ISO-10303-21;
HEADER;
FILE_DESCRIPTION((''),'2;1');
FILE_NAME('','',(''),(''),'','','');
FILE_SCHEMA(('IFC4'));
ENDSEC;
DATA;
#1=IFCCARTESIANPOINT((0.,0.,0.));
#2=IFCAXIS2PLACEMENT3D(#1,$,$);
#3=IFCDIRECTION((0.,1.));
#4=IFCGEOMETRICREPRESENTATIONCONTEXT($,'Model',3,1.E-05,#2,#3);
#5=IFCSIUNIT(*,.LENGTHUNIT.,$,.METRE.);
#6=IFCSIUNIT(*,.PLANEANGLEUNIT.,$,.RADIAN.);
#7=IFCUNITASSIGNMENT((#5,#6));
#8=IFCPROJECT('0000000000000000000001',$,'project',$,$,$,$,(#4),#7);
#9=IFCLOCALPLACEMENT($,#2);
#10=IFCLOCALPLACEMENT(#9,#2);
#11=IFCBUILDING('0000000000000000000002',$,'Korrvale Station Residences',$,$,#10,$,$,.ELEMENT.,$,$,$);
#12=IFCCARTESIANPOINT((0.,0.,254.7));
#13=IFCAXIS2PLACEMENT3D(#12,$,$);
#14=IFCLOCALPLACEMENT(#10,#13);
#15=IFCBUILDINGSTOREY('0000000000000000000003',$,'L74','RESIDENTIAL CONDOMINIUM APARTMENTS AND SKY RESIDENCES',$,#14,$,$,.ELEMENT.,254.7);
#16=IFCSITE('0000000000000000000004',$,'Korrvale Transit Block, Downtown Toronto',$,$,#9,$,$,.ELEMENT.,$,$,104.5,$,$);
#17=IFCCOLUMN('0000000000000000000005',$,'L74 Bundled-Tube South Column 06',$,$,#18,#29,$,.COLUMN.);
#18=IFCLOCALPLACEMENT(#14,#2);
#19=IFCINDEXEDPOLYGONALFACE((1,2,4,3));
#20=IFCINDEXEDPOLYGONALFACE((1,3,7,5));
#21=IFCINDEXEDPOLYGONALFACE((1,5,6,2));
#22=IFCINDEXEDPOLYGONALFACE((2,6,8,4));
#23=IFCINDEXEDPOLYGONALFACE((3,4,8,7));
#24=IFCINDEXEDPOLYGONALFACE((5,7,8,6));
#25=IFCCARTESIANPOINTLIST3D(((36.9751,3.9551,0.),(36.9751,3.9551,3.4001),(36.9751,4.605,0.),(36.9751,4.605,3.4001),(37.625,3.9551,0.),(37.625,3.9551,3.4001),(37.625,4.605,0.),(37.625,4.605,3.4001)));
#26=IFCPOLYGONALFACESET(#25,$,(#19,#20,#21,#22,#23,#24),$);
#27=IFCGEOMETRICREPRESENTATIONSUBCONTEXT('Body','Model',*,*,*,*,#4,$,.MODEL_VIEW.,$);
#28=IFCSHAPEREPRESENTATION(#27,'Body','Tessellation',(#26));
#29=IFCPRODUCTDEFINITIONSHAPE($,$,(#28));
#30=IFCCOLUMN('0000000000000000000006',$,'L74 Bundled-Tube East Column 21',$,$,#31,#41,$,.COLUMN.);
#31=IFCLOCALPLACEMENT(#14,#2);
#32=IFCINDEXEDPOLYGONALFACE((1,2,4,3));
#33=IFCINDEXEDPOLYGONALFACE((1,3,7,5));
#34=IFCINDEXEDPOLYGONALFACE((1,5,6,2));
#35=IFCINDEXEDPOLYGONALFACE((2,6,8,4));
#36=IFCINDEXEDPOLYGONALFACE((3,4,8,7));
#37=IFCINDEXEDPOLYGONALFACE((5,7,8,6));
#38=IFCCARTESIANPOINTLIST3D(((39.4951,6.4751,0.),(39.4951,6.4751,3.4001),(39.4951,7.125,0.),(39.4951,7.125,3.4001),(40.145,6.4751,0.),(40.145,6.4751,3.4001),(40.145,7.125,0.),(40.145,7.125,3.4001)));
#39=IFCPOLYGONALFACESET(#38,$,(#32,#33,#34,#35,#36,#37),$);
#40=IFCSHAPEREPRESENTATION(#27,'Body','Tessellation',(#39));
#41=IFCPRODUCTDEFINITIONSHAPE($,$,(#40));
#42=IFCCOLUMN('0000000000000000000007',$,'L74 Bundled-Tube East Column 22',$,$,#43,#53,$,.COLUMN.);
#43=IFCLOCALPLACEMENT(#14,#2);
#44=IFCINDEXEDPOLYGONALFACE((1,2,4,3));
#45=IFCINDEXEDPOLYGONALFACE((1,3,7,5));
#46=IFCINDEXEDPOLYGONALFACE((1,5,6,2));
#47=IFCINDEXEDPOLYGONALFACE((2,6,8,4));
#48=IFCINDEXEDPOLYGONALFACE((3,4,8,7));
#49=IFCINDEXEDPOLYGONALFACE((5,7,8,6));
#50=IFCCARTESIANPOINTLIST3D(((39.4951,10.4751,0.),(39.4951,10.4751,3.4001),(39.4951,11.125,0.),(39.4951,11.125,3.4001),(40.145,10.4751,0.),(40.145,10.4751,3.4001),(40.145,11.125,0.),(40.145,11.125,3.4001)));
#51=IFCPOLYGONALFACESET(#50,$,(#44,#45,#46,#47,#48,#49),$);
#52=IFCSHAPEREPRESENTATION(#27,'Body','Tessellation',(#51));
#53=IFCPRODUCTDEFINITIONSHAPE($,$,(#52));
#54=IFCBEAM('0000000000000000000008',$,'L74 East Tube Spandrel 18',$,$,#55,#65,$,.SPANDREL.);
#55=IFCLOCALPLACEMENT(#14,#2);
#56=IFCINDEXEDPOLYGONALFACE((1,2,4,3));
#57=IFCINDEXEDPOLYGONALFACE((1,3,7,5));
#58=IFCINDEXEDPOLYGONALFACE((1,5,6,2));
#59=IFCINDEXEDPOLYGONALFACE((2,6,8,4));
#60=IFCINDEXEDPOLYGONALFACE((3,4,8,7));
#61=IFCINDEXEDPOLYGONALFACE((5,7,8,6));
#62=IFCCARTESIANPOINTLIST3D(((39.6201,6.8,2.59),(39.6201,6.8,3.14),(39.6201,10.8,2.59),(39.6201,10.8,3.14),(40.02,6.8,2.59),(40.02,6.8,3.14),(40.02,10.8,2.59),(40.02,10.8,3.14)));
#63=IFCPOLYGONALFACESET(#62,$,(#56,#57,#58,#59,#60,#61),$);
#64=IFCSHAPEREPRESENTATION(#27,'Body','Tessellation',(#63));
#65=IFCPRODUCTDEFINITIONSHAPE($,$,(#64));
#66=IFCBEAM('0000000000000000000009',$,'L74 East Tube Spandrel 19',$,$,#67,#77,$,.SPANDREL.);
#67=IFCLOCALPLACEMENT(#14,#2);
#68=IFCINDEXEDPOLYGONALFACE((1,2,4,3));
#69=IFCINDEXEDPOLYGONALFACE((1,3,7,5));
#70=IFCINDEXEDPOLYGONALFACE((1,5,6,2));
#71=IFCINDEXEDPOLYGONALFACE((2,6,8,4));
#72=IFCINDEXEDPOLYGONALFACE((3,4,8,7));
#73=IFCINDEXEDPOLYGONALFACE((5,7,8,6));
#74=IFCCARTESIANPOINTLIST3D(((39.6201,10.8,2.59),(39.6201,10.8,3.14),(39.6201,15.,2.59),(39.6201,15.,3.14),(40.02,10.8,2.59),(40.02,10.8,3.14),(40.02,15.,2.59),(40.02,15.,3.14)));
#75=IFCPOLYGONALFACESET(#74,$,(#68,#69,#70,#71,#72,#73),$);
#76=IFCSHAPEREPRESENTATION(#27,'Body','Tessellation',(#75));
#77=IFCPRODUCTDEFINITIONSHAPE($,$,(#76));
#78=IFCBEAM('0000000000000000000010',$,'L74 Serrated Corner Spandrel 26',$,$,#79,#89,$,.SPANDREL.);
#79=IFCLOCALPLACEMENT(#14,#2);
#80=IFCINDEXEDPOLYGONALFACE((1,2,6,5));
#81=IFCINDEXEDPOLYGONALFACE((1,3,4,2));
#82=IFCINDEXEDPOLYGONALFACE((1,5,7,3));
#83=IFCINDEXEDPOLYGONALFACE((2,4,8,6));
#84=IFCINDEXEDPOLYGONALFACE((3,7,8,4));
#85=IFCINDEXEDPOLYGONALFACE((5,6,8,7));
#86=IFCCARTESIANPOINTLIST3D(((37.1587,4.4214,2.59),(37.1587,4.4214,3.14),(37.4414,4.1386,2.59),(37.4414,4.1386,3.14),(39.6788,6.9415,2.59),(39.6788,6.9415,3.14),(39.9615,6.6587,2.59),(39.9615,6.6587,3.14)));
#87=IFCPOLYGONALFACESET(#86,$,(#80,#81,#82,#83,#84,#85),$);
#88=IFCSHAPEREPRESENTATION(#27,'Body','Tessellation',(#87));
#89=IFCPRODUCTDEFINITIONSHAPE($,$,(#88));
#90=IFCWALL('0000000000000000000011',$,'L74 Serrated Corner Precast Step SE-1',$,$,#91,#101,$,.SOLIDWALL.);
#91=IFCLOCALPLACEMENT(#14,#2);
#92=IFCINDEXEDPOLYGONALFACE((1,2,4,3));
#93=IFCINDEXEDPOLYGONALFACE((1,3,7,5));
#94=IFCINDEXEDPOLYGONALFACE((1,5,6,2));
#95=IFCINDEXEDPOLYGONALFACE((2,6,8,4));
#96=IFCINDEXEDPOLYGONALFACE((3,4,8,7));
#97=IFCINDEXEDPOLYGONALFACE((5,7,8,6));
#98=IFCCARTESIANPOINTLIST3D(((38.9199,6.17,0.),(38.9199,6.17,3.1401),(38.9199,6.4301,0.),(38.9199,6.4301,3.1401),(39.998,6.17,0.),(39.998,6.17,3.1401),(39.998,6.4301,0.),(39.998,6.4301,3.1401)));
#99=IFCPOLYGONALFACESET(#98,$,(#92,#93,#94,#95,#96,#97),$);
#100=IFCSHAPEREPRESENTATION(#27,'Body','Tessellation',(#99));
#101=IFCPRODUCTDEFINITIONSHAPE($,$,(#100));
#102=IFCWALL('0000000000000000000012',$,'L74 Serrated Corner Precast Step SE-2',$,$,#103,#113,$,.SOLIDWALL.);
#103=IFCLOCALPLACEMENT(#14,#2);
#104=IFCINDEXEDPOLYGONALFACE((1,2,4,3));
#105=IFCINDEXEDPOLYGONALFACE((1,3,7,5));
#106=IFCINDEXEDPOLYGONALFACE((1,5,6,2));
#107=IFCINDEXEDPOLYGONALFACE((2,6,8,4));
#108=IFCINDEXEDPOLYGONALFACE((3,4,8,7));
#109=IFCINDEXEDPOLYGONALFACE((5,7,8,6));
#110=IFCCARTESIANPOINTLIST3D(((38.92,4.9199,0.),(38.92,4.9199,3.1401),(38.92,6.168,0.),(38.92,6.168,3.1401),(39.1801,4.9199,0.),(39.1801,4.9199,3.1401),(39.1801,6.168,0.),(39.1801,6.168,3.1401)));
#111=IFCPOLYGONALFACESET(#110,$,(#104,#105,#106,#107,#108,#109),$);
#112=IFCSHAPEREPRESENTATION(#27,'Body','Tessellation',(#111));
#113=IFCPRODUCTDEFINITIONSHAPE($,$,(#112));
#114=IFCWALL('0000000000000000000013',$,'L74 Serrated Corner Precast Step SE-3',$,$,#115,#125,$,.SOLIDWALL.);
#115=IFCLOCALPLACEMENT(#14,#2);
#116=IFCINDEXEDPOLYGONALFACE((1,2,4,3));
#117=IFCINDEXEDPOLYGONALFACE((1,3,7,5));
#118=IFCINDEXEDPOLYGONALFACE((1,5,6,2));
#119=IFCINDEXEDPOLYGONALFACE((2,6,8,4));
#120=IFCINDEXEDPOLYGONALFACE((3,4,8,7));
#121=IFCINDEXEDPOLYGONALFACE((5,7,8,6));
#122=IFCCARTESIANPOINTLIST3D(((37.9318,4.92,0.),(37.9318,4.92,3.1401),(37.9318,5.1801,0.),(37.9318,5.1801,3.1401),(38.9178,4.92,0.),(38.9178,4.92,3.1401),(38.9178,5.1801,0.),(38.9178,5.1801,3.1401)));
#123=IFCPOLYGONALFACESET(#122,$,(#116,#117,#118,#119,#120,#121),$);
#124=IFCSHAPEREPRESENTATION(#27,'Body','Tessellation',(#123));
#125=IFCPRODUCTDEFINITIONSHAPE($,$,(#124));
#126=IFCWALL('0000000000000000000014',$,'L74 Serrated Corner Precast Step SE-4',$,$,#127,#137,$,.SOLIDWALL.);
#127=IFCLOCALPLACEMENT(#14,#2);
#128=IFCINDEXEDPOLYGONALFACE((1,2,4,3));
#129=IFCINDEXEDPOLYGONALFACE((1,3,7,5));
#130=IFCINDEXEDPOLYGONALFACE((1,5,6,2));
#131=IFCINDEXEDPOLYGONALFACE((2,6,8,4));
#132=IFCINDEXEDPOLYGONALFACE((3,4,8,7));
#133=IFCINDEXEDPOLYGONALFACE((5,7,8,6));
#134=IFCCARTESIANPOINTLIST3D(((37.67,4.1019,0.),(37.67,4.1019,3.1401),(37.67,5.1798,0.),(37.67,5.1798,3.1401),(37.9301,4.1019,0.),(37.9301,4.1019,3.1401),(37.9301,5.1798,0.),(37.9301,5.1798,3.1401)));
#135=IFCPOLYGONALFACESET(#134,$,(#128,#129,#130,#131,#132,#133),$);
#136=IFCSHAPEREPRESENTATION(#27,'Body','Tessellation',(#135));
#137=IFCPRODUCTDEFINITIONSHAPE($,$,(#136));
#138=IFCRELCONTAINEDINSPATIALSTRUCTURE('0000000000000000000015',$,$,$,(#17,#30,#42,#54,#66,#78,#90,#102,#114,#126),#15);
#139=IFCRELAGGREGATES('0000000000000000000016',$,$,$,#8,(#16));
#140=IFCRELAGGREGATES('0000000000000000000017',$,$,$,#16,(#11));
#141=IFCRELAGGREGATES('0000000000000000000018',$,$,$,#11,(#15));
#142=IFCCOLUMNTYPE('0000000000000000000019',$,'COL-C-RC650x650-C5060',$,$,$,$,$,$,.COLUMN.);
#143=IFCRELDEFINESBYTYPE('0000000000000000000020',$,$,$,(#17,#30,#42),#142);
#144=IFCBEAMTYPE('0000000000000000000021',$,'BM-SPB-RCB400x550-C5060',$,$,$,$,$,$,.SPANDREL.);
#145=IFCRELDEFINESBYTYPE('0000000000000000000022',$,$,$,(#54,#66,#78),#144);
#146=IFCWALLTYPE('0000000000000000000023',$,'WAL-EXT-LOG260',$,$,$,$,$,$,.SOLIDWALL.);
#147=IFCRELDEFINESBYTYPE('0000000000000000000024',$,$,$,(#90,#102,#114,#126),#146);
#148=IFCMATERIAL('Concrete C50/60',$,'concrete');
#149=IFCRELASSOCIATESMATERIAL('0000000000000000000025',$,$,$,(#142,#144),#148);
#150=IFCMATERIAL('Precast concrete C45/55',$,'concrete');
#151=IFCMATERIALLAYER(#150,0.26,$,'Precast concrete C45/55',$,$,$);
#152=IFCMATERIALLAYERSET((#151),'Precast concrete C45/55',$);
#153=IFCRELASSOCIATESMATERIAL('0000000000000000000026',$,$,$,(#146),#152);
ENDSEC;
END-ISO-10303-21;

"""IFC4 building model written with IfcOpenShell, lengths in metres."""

from ifc_helpers import new_model, si_unit, direction, frame, frame_2d, origin, origin_2d, place, context, subcontext, project, spatial, rectangle, extrude, material, layer, layer_set, material_profile, profile_set, type_object, element, save


model = new_model("IFC4")

# Units and contexts
model_context = context("Model", 3, precision=1e-05, world=origin(), true_north=direction((0.0, 1.0)))
body_context = subcontext(model_context, "Body", "Model", "MODEL_VIEW")
ifc_project = project(units=[si_unit("LENGTHUNIT", "METRE"), si_unit("PLANEANGLEUNIT", "RADIAN")], contexts=[model_context])

# Site, building, storey
site_placement = place(None, origin())
site = spatial("IfcSite", under=ifc_project, at=site_placement, Name="Korrvale Transit Block, Downtown Toronto", CompositionType="ELEMENT", RefElevation=104.5)
building_placement = place(site_placement, origin())
building = spatial("IfcBuilding", under=site, at=building_placement, Name="Korrvale Station Residences", CompositionType="ELEMENT")
storey_placement = place(building_placement, frame((0.0, 0.0, 254.7)))
storey = spatial("IfcBuildingStorey", under=building, at=storey_placement, Name="L74", Description="RESIDENTIAL CONDOMINIUM APARTMENTS AND SKY RESIDENCES", CompositionType="ELEMENT", Elevation=254.7)

# Columns
ifc_material_1 = material(Name="Concrete C50/60", Category="concrete")
ifc_material_profile_1 = material_profile(ifc_material_1, rectangle(XDim=0.6499, YDim=0.6499, at=origin_2d()), Name="RC650x650")
ifc_profile_set_1 = profile_set([ifc_material_profile_1], Name="Concrete C50/60")
column_type = type_object("IfcColumnType", Name="COL-C-RC650x650-C5060", PredefinedType="COLUMN", material=ifc_profile_set_1)
for number, where, z_axis, x_axis, name in (
    (1, (37.3, 4.28, 0.0), (0.0, 0.0, 1.0), (1.0, 0.0, 0.0), "L74 Bundled-Tube South Column 06"),
    (2, (39.8201, 6.8, 0.0), (0.0, 0.0, 1.0), (1.0, 0.0, 0.0), "L74 Bundled-Tube East Column 21"),
    (3, (39.8201, 10.8, 0.0), (0.0, 0.0, 1.0), (1.0, 0.0, 0.0), "L74 Bundled-Tube East Column 22"),
):
    element("IfcColumn", number, at=place(storey_placement, frame(where, z_axis=z_axis, x_axis=x_axis)), inside=storey, type_object=column_type, Name=name, PredefinedType="COLUMN", context=body_context, shape_type="SweptSolid", body=[
        extrude(rectangle(XDim=0.6499, YDim=0.6499, at=origin_2d()), origin(), (0.0, 0.0, 1.0), 3.4001),
    ])

# Beams
ifc_material_profile_2 = material_profile(ifc_material_1, rectangle(XDim=0.3999, YDim=0.55, at=origin_2d()), Name="RCB400x550")
ifc_profile_set_2 = profile_set([ifc_material_profile_2], Name="Concrete C50/60")
beam_type = type_object("IfcBeamType", Name="BM-SPB-RCB400x550-C5060", PredefinedType="SPANDREL", material=ifc_profile_set_2)
beam_1_placement = place(storey_placement, frame((39.8201, 6.8, 2.865), z_axis=(0.0, 1.0, 0.0), x_axis=(-1.0, 0.0, 0.0)))
element("IfcBeam", 4, at=beam_1_placement, inside=storey, type_object=beam_type, Name="L74 East Tube Spandrel 18", PredefinedType="SPANDREL", context=body_context, shape_type="SweptSolid", body=[
    extrude(rectangle(XDim=0.3999, YDim=0.55, at=origin_2d()), origin(), (0.0, 0.0, 1.0), 4.0),
])
beam_2_placement = place(storey_placement, frame((39.8201, 10.8, 2.865), z_axis=(0.0, 1.0, 0.0), x_axis=(-1.0, 0.0, 0.0)))
element("IfcBeam", 5, at=beam_2_placement, inside=storey, type_object=beam_type, Name="L74 East Tube Spandrel 19", PredefinedType="SPANDREL", context=body_context, shape_type="SweptSolid", body=[
    extrude(rectangle(XDim=0.3999, YDim=0.55, at=origin_2d()), origin(), (0.0, 0.0, 1.0), 4.2),
])
beam_3_placement = place(storey_placement, frame((37.3, 4.28, 2.865), z_axis=(0.707107, 0.707107, 0.0), x_axis=(-0.707107, 0.707107, 0.0)))
element("IfcBeam", 6, at=beam_3_placement, inside=storey, type_object=beam_type, Name="L74 Serrated Corner Spandrel 26", PredefinedType="SPANDREL", context=body_context, shape_type="SweptSolid", body=[
    extrude(rectangle(XDim=0.3999, YDim=0.55, at=origin_2d()), origin(), (0.0, 0.0, 1.0), 3.564),
])

# Walls
ifc_material_2 = material(Name="Precast concrete C45/55", Category="concrete")
ifc_layer_1 = layer(ifc_material_2, 0.26, Name="Precast concrete C45/55")
ifc_layer_set_1 = layer_set([ifc_layer_1], Name="Precast concrete C45/55")
wall_type_1 = type_object("IfcWallType", Name="WAL-EXT-LOG260", PredefinedType="SOLIDWALL", material=ifc_layer_set_1)
wall_1_placement = place(storey_placement, frame((39.998, 6.3, 0.0), z_axis=(0.0, 0.0, 1.0), x_axis=(-1.0, 0.0, 0.0)))
element("IfcWall", 7, at=wall_1_placement, inside=storey, type_object=wall_type_1, Name="L74 Serrated Corner Precast Step SE-1", PredefinedType="SOLIDWALL", context=body_context, shape_type="SweptSolid", body=[
    extrude(rectangle(XDim=1.0781, YDim=0.26, at=frame_2d((0.5391, 0.0))), origin(), (0.0, 0.0, 1.0), 3.1401),
])
wall_2_placement = place(storey_placement, frame((39.05, 6.168, 0.0), z_axis=(0.0, 0.0, 1.0), x_axis=(0.0, -1.0, 0.0)))
element("IfcWall", 8, at=wall_2_placement, inside=storey, type_object=wall_type_1, Name="L74 Serrated Corner Precast Step SE-2", PredefinedType="SOLIDWALL", context=body_context, shape_type="SweptSolid", body=[
    extrude(rectangle(XDim=1.248, YDim=0.26, at=frame_2d((0.624, 0.0))), origin(), (0.0, 0.0, 1.0), 3.1401),
])
wall_3_placement = place(storey_placement, frame((38.918, 5.05, 0.0), z_axis=(0.0, 0.0, 1.0), x_axis=(-1.0, 0.0, 0.0)))
element("IfcWall", 9, at=wall_3_placement, inside=storey, type_object=wall_type_1, Name="L74 Serrated Corner Precast Step SE-3", PredefinedType="SOLIDWALL", context=body_context, shape_type="SweptSolid", body=[
    extrude(rectangle(XDim=0.9861, YDim=0.26, at=frame_2d((0.4932, 0.0))), origin(), (0.0, 0.0, 1.0), 3.1401),
])
wall_4_placement = place(storey_placement, frame((37.8, 5.1799, 0.0), z_axis=(0.0, 0.0, 1.0), x_axis=(0.0, -1.0, 0.0)))
element("IfcWall", 10, at=wall_4_placement, inside=storey, type_object=wall_type_1, Name="L74 Serrated Corner Precast Step SE-4", PredefinedType="SOLIDWALL", context=body_context, shape_type="SweptSolid", body=[
    extrude(rectangle(XDim=1.0779, YDim=0.26, at=frame_2d((0.5391, 0.0))), origin(), (0.0, 0.0, 1.0), 3.1401),
])

save(model, "model.ifc")
